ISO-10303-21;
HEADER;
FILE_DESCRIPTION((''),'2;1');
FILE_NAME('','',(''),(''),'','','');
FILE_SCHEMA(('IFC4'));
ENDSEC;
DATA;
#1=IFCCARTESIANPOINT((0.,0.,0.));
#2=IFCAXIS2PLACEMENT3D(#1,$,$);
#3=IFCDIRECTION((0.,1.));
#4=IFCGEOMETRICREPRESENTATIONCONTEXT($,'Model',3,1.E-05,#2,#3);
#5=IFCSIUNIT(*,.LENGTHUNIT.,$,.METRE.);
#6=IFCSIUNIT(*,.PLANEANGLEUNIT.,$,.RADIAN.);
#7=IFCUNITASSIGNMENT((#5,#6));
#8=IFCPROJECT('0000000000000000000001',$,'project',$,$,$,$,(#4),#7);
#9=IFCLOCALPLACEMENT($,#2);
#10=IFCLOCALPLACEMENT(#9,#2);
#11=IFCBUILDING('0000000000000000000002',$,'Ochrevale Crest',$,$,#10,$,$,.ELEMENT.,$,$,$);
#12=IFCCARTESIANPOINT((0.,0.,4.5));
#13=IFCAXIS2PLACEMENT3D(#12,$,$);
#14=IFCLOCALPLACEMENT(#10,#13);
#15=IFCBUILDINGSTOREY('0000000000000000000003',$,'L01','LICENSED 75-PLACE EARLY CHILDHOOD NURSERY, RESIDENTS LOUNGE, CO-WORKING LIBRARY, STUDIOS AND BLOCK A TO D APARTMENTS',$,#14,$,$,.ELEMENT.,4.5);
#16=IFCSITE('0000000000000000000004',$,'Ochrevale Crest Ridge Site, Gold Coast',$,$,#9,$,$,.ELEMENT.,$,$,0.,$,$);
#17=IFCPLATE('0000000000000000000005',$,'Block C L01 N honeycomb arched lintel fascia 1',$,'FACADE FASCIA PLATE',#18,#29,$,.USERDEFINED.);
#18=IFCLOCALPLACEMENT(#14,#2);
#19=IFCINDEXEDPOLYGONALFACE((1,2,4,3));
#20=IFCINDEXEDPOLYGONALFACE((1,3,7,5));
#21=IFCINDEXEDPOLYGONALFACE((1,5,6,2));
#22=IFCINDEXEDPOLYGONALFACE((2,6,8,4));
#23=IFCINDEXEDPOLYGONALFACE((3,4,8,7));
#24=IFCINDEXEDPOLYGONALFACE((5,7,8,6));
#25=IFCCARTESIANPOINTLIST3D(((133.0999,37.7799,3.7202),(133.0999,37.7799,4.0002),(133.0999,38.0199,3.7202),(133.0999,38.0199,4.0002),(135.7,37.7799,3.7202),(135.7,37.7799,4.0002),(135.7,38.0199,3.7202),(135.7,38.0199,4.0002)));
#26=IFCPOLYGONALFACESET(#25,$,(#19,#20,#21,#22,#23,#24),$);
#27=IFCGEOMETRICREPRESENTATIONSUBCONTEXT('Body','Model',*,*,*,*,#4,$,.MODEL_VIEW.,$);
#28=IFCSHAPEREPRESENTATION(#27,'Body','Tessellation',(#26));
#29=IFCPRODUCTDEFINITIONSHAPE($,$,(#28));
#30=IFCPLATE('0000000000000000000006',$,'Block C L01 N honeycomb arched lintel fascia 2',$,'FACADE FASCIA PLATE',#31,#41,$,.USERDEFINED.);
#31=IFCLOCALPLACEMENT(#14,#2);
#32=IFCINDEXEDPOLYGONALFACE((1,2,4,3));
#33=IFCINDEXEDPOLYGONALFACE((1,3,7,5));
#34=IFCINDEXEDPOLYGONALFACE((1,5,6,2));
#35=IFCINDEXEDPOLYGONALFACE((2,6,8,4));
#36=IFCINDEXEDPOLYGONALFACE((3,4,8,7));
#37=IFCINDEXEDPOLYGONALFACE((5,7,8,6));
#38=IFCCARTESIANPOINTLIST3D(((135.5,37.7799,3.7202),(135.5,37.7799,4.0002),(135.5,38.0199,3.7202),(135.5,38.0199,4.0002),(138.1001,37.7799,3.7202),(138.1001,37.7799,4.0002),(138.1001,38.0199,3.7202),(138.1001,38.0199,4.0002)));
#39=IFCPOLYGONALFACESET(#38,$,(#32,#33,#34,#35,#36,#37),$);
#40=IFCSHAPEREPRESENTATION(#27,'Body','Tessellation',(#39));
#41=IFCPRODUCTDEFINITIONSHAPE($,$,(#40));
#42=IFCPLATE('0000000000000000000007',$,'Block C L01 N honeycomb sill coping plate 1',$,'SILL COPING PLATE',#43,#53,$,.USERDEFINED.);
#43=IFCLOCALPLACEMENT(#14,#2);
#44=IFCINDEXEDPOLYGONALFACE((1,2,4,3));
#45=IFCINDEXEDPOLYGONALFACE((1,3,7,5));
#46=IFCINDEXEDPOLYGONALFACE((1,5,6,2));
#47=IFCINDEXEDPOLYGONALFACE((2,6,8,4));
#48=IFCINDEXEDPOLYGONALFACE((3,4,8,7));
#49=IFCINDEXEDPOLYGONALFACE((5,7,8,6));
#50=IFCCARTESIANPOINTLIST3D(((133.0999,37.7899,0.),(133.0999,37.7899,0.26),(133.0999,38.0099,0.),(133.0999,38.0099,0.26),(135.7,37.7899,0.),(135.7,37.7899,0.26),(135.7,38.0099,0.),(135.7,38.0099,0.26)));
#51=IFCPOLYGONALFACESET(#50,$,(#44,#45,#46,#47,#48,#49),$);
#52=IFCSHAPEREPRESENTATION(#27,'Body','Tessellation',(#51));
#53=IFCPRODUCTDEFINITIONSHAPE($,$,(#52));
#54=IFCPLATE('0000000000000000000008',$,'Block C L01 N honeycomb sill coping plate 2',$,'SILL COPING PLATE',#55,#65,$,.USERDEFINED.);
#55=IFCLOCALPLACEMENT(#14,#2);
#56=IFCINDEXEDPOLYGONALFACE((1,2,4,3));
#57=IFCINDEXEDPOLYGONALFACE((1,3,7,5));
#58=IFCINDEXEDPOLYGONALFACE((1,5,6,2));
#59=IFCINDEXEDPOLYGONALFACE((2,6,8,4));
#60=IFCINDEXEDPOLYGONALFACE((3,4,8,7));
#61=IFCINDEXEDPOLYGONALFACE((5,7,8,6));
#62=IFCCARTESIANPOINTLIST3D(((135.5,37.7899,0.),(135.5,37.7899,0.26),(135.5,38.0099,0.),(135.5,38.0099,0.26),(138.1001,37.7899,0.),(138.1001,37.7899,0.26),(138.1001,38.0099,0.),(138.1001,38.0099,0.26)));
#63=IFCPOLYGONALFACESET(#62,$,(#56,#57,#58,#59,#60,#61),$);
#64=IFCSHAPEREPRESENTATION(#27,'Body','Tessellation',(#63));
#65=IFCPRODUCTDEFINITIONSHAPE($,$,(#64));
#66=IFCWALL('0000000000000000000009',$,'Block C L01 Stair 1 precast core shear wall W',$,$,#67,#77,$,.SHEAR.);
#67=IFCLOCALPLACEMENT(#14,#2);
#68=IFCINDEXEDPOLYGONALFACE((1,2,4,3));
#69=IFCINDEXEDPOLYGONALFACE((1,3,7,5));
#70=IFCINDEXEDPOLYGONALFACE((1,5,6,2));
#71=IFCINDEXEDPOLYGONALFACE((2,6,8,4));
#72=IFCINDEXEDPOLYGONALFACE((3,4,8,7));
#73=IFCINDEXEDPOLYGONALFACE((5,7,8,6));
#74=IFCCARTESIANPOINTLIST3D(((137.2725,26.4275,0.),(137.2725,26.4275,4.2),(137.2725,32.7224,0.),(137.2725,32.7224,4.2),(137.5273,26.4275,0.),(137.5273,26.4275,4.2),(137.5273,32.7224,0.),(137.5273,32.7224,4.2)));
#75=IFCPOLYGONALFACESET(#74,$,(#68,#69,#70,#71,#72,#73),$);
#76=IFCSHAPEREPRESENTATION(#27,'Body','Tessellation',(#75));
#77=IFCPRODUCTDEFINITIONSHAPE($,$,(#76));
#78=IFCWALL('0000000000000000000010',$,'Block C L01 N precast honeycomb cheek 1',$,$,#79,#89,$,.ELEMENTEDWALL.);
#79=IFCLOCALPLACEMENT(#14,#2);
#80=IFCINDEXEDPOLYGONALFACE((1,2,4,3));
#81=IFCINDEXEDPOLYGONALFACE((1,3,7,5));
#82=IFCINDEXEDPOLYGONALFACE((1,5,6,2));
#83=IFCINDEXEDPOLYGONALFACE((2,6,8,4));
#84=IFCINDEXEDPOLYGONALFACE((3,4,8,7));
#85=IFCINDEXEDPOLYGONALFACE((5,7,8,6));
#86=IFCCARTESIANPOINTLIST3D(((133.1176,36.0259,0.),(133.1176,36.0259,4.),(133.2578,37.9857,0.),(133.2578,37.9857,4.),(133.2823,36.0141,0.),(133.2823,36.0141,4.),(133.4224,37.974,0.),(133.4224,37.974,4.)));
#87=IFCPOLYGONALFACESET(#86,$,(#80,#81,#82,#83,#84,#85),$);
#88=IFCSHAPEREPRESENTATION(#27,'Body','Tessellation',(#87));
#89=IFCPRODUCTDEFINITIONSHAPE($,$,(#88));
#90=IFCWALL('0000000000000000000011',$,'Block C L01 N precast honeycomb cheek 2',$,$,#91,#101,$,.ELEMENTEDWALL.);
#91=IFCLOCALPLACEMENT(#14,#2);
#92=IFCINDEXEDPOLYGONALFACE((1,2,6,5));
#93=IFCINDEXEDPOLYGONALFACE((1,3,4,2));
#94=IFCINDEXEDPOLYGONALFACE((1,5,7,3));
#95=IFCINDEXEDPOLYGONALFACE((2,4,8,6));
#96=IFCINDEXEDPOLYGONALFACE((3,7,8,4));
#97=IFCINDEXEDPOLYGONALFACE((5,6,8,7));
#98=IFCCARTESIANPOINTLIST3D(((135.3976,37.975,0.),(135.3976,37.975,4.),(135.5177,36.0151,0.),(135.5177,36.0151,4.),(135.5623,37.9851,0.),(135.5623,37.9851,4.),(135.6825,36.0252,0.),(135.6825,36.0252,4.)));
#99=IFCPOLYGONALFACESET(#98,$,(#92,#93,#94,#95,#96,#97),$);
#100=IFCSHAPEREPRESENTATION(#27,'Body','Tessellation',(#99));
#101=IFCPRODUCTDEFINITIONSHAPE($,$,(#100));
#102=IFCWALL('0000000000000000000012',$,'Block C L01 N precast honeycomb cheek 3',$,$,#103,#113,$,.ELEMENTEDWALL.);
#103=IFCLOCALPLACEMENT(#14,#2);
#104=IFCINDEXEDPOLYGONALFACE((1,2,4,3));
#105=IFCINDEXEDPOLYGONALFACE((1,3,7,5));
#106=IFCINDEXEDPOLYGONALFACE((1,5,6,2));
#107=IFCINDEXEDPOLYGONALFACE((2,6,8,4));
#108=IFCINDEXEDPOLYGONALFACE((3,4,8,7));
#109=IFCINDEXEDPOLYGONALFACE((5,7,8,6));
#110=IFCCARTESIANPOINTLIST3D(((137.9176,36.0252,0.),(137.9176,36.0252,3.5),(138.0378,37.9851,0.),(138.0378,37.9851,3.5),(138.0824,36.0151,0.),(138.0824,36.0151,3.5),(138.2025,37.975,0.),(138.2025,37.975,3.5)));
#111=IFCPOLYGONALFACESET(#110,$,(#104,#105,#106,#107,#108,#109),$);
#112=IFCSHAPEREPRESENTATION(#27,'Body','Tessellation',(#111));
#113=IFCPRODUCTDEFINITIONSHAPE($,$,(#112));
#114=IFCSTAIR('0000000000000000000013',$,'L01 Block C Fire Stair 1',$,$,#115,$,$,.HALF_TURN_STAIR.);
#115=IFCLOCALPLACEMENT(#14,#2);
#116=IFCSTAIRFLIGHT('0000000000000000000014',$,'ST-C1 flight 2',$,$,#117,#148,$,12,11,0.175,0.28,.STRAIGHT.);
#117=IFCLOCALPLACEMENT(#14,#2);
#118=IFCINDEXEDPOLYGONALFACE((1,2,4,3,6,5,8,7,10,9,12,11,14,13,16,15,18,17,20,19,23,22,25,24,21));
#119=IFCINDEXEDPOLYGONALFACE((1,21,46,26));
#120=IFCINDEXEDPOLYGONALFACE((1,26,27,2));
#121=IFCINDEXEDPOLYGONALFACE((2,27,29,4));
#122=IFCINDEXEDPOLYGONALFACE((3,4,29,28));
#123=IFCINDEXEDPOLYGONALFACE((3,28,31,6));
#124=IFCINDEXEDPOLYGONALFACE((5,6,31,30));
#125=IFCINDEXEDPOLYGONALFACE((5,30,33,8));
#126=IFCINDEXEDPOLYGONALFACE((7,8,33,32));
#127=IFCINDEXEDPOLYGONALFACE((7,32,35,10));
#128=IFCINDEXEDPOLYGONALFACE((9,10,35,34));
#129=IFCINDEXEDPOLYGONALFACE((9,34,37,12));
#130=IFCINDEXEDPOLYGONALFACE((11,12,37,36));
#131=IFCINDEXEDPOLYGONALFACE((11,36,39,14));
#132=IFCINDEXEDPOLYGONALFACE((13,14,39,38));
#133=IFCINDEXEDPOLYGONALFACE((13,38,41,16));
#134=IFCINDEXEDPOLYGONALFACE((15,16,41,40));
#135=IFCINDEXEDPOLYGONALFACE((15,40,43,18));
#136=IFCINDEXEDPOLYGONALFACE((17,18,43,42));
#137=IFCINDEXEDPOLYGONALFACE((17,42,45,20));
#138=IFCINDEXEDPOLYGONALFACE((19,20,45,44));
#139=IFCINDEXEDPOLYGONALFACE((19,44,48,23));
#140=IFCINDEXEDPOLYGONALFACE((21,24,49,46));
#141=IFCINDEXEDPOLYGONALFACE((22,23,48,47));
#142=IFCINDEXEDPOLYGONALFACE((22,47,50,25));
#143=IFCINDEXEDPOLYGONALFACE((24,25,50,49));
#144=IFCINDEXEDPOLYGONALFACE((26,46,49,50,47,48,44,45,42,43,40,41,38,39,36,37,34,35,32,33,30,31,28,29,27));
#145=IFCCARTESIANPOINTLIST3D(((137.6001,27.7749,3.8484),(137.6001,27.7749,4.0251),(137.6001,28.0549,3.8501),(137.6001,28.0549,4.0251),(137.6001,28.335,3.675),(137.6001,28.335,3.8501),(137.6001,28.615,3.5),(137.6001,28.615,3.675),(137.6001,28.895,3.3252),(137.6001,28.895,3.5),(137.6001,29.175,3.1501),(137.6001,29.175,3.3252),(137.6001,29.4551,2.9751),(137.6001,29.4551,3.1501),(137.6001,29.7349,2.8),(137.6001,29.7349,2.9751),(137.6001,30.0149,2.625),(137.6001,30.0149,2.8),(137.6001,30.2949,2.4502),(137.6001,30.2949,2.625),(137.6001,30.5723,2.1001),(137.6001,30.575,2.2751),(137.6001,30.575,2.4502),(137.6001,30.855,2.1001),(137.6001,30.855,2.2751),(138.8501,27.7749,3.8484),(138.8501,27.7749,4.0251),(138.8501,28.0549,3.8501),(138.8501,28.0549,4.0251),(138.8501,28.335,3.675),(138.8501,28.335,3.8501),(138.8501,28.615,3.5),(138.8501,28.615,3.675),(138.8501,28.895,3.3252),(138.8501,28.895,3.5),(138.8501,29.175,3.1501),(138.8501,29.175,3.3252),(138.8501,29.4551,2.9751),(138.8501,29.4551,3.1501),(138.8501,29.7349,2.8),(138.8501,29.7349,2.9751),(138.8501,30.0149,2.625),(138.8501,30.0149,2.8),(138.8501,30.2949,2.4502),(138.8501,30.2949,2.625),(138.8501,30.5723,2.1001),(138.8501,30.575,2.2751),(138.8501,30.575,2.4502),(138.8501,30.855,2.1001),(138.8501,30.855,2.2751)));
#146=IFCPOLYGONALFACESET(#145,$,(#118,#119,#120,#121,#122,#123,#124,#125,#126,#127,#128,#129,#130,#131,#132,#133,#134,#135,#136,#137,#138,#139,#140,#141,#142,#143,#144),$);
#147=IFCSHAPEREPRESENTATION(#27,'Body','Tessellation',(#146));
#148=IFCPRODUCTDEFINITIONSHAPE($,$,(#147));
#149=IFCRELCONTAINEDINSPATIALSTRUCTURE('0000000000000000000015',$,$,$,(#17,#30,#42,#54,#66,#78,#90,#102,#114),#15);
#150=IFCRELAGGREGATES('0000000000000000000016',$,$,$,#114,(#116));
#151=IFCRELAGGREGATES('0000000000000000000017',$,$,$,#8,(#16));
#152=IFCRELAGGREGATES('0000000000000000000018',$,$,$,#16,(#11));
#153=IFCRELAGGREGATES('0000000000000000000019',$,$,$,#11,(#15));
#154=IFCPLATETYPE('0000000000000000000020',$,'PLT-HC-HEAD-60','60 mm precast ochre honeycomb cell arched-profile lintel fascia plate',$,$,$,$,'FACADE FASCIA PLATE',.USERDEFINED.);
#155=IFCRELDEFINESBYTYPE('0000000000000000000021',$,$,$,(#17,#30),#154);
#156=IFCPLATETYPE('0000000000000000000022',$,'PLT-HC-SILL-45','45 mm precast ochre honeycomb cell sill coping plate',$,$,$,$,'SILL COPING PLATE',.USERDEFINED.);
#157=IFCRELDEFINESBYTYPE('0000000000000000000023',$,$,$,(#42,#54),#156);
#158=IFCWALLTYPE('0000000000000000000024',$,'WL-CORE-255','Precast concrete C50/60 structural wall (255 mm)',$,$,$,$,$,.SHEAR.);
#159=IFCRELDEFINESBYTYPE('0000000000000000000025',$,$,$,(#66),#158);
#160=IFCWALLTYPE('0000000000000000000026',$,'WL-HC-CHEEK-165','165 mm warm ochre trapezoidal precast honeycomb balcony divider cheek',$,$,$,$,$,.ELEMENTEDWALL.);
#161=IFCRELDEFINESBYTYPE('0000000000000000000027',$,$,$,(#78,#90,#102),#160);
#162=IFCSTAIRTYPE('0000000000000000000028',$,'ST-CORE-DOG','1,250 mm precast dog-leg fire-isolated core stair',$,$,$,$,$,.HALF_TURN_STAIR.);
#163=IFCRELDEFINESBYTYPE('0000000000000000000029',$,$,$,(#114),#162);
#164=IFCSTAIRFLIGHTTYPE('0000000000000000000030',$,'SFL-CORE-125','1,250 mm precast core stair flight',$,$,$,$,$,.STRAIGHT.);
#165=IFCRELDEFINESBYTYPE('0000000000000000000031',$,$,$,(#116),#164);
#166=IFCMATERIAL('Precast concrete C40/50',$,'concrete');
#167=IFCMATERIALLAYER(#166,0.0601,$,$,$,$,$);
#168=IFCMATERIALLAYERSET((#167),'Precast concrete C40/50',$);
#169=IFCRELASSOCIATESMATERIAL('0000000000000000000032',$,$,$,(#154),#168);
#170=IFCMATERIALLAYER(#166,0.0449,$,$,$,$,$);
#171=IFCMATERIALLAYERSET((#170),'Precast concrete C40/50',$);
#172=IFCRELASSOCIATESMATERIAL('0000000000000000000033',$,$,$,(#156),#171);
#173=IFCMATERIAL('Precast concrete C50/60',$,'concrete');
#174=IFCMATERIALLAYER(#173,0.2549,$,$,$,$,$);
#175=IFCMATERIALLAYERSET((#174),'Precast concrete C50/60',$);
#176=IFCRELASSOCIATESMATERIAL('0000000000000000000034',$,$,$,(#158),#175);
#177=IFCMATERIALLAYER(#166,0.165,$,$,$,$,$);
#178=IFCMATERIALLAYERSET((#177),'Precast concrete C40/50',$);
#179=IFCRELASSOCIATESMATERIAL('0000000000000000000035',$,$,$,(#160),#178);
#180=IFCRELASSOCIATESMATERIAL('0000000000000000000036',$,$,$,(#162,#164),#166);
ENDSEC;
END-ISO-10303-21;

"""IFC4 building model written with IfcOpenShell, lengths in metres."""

from ifc_helpers import new_model, si_unit, direction, frame, frame_2d, origin, origin_2d, place, context, subcontext, project, spatial, polyline, rectangle, outline, extrude, material, layer, layer_set, type_object, element, aggregate, save


model = new_model("IFC4")

# Units and contexts
model_context = context("Model", 3, precision=1e-05, world=origin(), true_north=direction((0.0, 1.0)))
body_context = subcontext(model_context, "Body", "Model", "MODEL_VIEW")
ifc_project = project(units=[si_unit("LENGTHUNIT", "METRE"), si_unit("PLANEANGLEUNIT", "RADIAN")], contexts=[model_context])

# Site, building, storey
site_placement = place(None, origin())
site = spatial("IfcSite", under=ifc_project, at=site_placement, Name="Ochrevale Crest Ridge Site, Gold Coast", CompositionType="ELEMENT", RefElevation=0.0)
building_placement = place(site_placement, origin())
building = spatial("IfcBuilding", under=site, at=building_placement, Name="Ochrevale Crest", CompositionType="ELEMENT")
storey_placement = place(building_placement, frame((0.0, 0.0, 4.5)))
storey = spatial("IfcBuildingStorey", under=building, at=storey_placement, Name="L01", Description="LICENSED 75-PLACE EARLY CHILDHOOD NURSERY, RESIDENTS LOUNGE, CO-WORKING LIBRARY, STUDIOS AND BLOCK A TO D APARTMENTS", CompositionType="ELEMENT", Elevation=4.5)

# Shared definitions
ifc_material_1 = material(Name="Precast concrete C50/60", Category="concrete")

# Shared definitions
ifc_material_2 = material(Name="Precast concrete C40/50", Category="concrete")

# Plates
ifc_layer_1 = layer(ifc_material_2, 0.0601)
ifc_layer_set_1 = layer_set([ifc_layer_1], Name="Precast concrete C40/50")
plate_type_1 = type_object("IfcPlateType", Name="PLT-HC-HEAD-60", Description="60 mm precast ochre honeycomb cell arched-profile lintel fascia plate", ElementType="FACADE FASCIA PLATE", PredefinedType="USERDEFINED", material=ifc_layer_set_1)
for number, where, z_axis, x_axis, name in (
    (1, (134.3999, 37.8999, 3.7202), (0.0, 0.0, 1.0), (1.0, 0.0, 0.0), "Block C L01 N honeycomb arched lintel fascia 1"),
    (2, (136.8, 37.8999, 3.7202), (0.0, 0.0, 1.0), (1.0, 0.0, 0.0), "Block C L01 N honeycomb arched lintel fascia 2"),
):
    element("IfcPlate", number, at=place(storey_placement, frame(where, z_axis=z_axis, x_axis=x_axis)), inside=storey, type_object=plate_type_1, Name=name, ObjectType="FACADE FASCIA PLATE", PredefinedType="USERDEFINED", context=body_context, shape_type="SweptSolid", body=[
        extrude(rectangle(XDim=2.6001, YDim=0.24, at=origin_2d()), origin(), (0.0, 0.0, 1.0), 0.28),
    ])
ifc_layer_2 = layer(ifc_material_2, 0.0449)
ifc_layer_set_2 = layer_set([ifc_layer_2], Name="Precast concrete C40/50")
plate_type_2 = type_object("IfcPlateType", Name="PLT-HC-SILL-45", Description="45 mm precast ochre honeycomb cell sill coping plate", ElementType="SILL COPING PLATE", PredefinedType="USERDEFINED", material=ifc_layer_set_2)
for number, where, z_axis, x_axis, name in (
    (3, (134.3999, 37.8999, 0.0), (0.0, 0.0, 1.0), (1.0, 0.0, 0.0), "Block C L01 N honeycomb sill coping plate 1"),
    (4, (136.8, 37.8999, 0.0), (0.0, 0.0, 1.0), (1.0, 0.0, 0.0), "Block C L01 N honeycomb sill coping plate 2"),
):
    element("IfcPlate", number, at=place(storey_placement, frame(where, z_axis=z_axis, x_axis=x_axis)), inside=storey, type_object=plate_type_2, Name=name, ObjectType="SILL COPING PLATE", PredefinedType="USERDEFINED", context=body_context, shape_type="SweptSolid", body=[
        extrude(rectangle(XDim=2.6001, YDim=0.22, at=origin_2d()), origin(), (0.0, 0.0, 1.0), 0.26),
    ])

# Shared definitions
ifc_layer_3 = layer(ifc_material_1, 0.2549)
ifc_layer_set_3 = layer_set([ifc_layer_3], Name="Precast concrete C50/60")
wall_type_1 = type_object("IfcWallType", Name="WL-CORE-255", Description="Precast concrete C50/60 structural wall (255 mm)", PredefinedType="SHEAR", material=ifc_layer_set_3)

# Walls
wall_1_placement = place(storey_placement, frame((137.3999, 26.4275, 0.0), z_axis=(0.0, 0.0, 1.0), x_axis=(0.0, 1.0, 0.0)))
element("IfcWall", 5, at=wall_1_placement, inside=storey, type_object=wall_type_1, Name="Block C L01 Stair 1 precast core shear wall W", PredefinedType="SHEAR", context=body_context, shape_type="SweptSolid", body=[
    extrude(rectangle(XDim=6.2949, YDim=0.2549, at=frame_2d((3.1475, 0.0))), origin(), (0.0, 0.0, 1.0), 4.2),
])
ifc_layer_4 = layer(ifc_material_2, 0.165)
ifc_layer_set_4 = layer_set([ifc_layer_4], Name="Precast concrete C40/50")
wall_type_2 = type_object("IfcWallType", Name="WL-HC-CHEEK-165", Description="165 mm warm ochre trapezoidal precast honeycomb balcony divider cheek", PredefinedType="ELEMENTEDWALL", material=ifc_layer_set_4)
wall_2_placement = place(storey_placement, frame((133.2, 36.02, 0.0), z_axis=(0.0, 0.0, 1.0), x_axis=(0.071318, 0.997454, 0.0)))
element("IfcWall", 6, at=wall_2_placement, inside=storey, type_object=wall_type_2, Name="Block C L01 N precast honeycomb cheek 1", PredefinedType="ELEMENTEDWALL", context=body_context, shape_type="SweptSolid", body=[
    extrude(rectangle(XDim=1.9648, YDim=0.165, at=frame_2d((0.9824, 0.0))), origin(), (0.0, 0.0, 1.0), 4.0),
])
wall_3_placement = place(storey_placement, frame((135.6001, 36.02, 0.0), z_axis=(0.0, 0.0, 1.0), x_axis=(-0.061171, 0.998127, 0.0)))
element("IfcWall", 7, at=wall_3_placement, inside=storey, type_object=wall_type_2, Name="Block C L01 N precast honeycomb cheek 2", PredefinedType="ELEMENTEDWALL", context=body_context, shape_type="SweptSolid", body=[
    extrude(rectangle(XDim=1.9636, YDim=0.165, at=frame_2d((0.9819, 0.0))), origin(), (0.0, 0.0, 1.0), 4.0),
])
wall_4_placement = place(storey_placement, frame((138.0, 36.02, 0.0), z_axis=(0.0, 0.0, 1.0), x_axis=(0.061171, 0.998127, 0.0)))
element("IfcWall", 8, at=wall_4_placement, inside=storey, type_object=wall_type_2, Name="Block C L01 N precast honeycomb cheek 3", PredefinedType="ELEMENTEDWALL", context=body_context, shape_type="SweptSolid", body=[
    extrude(rectangle(XDim=1.9636, YDim=0.165, at=frame_2d((0.9819, 0.0))), origin(), (0.0, 0.0, 1.0), 3.5),
])

# Stair, stair flight
stair_type = type_object("IfcStairType", Name="ST-CORE-DOG", Description="1,250 mm precast dog-leg fire-isolated core stair", PredefinedType="HALF_TURN_STAIR", material=ifc_material_2)
stair_placement = place(storey_placement, origin())
stair = element("IfcStair", 9, at=stair_placement, inside=storey, type_object=stair_type, Name="L01 Block C Fire Stair 1", PredefinedType="HALF_TURN_STAIR")
stair_flight_type = type_object("IfcStairFlightType", Name="SFL-CORE-125", Description="1,250 mm precast core stair flight", PredefinedType="STRAIGHT", material=ifc_material_2)
stair_flight_placement = place(storey_placement, frame((138.2251, 30.855, 2.1001), z_axis=(0.0, 0.0, 1.0), x_axis=(0.0, -1.0, 0.0)))
stair_flight = element("IfcStairFlight", 10, at=stair_flight_placement, type_object=stair_flight_type, Name="ST-C1 flight 2", NumberOfRisers=12, NumberOfTreads=11, PredefinedType="STRAIGHT", RiserHeight=0.175, TreadLength=0.28, context=body_context, shape_type="SweptSolid", body=[
    extrude(outline(polyline([(0.0, 0.0), (0.0, 0.175), (0.28, 0.175), (0.28, 0.3501), (0.5601, 0.3501), (0.5601, 0.5249), (0.8401, 0.5249), (0.8401, 0.7), (1.1201, 0.7), (1.1201, 0.875), (1.3999, 0.875), (1.3999, 1.05), (1.6799, 1.05), (1.6799, 1.2251), (1.96, 1.2251), (1.96, 1.3999), (2.24, 1.3999), (2.24, 1.575), (2.52, 1.575), (2.52, 1.75), (2.8, 1.75), (2.8, 1.925), (3.0801, 1.925), (3.0801, 2.1001), (3.0801, 1.7483), (0.2827, 0.0), (0.0, 0.0)])), frame((0.0, 0.625, 0.0), z_axis=(0.0, -1.0, 0.0), x_axis=(1.0, 0.0, 0.0)), (0.0, 0.0, 1.0), 1.25),
])
aggregate(stair, [stair_flight])

save(model, "model.ifc")
